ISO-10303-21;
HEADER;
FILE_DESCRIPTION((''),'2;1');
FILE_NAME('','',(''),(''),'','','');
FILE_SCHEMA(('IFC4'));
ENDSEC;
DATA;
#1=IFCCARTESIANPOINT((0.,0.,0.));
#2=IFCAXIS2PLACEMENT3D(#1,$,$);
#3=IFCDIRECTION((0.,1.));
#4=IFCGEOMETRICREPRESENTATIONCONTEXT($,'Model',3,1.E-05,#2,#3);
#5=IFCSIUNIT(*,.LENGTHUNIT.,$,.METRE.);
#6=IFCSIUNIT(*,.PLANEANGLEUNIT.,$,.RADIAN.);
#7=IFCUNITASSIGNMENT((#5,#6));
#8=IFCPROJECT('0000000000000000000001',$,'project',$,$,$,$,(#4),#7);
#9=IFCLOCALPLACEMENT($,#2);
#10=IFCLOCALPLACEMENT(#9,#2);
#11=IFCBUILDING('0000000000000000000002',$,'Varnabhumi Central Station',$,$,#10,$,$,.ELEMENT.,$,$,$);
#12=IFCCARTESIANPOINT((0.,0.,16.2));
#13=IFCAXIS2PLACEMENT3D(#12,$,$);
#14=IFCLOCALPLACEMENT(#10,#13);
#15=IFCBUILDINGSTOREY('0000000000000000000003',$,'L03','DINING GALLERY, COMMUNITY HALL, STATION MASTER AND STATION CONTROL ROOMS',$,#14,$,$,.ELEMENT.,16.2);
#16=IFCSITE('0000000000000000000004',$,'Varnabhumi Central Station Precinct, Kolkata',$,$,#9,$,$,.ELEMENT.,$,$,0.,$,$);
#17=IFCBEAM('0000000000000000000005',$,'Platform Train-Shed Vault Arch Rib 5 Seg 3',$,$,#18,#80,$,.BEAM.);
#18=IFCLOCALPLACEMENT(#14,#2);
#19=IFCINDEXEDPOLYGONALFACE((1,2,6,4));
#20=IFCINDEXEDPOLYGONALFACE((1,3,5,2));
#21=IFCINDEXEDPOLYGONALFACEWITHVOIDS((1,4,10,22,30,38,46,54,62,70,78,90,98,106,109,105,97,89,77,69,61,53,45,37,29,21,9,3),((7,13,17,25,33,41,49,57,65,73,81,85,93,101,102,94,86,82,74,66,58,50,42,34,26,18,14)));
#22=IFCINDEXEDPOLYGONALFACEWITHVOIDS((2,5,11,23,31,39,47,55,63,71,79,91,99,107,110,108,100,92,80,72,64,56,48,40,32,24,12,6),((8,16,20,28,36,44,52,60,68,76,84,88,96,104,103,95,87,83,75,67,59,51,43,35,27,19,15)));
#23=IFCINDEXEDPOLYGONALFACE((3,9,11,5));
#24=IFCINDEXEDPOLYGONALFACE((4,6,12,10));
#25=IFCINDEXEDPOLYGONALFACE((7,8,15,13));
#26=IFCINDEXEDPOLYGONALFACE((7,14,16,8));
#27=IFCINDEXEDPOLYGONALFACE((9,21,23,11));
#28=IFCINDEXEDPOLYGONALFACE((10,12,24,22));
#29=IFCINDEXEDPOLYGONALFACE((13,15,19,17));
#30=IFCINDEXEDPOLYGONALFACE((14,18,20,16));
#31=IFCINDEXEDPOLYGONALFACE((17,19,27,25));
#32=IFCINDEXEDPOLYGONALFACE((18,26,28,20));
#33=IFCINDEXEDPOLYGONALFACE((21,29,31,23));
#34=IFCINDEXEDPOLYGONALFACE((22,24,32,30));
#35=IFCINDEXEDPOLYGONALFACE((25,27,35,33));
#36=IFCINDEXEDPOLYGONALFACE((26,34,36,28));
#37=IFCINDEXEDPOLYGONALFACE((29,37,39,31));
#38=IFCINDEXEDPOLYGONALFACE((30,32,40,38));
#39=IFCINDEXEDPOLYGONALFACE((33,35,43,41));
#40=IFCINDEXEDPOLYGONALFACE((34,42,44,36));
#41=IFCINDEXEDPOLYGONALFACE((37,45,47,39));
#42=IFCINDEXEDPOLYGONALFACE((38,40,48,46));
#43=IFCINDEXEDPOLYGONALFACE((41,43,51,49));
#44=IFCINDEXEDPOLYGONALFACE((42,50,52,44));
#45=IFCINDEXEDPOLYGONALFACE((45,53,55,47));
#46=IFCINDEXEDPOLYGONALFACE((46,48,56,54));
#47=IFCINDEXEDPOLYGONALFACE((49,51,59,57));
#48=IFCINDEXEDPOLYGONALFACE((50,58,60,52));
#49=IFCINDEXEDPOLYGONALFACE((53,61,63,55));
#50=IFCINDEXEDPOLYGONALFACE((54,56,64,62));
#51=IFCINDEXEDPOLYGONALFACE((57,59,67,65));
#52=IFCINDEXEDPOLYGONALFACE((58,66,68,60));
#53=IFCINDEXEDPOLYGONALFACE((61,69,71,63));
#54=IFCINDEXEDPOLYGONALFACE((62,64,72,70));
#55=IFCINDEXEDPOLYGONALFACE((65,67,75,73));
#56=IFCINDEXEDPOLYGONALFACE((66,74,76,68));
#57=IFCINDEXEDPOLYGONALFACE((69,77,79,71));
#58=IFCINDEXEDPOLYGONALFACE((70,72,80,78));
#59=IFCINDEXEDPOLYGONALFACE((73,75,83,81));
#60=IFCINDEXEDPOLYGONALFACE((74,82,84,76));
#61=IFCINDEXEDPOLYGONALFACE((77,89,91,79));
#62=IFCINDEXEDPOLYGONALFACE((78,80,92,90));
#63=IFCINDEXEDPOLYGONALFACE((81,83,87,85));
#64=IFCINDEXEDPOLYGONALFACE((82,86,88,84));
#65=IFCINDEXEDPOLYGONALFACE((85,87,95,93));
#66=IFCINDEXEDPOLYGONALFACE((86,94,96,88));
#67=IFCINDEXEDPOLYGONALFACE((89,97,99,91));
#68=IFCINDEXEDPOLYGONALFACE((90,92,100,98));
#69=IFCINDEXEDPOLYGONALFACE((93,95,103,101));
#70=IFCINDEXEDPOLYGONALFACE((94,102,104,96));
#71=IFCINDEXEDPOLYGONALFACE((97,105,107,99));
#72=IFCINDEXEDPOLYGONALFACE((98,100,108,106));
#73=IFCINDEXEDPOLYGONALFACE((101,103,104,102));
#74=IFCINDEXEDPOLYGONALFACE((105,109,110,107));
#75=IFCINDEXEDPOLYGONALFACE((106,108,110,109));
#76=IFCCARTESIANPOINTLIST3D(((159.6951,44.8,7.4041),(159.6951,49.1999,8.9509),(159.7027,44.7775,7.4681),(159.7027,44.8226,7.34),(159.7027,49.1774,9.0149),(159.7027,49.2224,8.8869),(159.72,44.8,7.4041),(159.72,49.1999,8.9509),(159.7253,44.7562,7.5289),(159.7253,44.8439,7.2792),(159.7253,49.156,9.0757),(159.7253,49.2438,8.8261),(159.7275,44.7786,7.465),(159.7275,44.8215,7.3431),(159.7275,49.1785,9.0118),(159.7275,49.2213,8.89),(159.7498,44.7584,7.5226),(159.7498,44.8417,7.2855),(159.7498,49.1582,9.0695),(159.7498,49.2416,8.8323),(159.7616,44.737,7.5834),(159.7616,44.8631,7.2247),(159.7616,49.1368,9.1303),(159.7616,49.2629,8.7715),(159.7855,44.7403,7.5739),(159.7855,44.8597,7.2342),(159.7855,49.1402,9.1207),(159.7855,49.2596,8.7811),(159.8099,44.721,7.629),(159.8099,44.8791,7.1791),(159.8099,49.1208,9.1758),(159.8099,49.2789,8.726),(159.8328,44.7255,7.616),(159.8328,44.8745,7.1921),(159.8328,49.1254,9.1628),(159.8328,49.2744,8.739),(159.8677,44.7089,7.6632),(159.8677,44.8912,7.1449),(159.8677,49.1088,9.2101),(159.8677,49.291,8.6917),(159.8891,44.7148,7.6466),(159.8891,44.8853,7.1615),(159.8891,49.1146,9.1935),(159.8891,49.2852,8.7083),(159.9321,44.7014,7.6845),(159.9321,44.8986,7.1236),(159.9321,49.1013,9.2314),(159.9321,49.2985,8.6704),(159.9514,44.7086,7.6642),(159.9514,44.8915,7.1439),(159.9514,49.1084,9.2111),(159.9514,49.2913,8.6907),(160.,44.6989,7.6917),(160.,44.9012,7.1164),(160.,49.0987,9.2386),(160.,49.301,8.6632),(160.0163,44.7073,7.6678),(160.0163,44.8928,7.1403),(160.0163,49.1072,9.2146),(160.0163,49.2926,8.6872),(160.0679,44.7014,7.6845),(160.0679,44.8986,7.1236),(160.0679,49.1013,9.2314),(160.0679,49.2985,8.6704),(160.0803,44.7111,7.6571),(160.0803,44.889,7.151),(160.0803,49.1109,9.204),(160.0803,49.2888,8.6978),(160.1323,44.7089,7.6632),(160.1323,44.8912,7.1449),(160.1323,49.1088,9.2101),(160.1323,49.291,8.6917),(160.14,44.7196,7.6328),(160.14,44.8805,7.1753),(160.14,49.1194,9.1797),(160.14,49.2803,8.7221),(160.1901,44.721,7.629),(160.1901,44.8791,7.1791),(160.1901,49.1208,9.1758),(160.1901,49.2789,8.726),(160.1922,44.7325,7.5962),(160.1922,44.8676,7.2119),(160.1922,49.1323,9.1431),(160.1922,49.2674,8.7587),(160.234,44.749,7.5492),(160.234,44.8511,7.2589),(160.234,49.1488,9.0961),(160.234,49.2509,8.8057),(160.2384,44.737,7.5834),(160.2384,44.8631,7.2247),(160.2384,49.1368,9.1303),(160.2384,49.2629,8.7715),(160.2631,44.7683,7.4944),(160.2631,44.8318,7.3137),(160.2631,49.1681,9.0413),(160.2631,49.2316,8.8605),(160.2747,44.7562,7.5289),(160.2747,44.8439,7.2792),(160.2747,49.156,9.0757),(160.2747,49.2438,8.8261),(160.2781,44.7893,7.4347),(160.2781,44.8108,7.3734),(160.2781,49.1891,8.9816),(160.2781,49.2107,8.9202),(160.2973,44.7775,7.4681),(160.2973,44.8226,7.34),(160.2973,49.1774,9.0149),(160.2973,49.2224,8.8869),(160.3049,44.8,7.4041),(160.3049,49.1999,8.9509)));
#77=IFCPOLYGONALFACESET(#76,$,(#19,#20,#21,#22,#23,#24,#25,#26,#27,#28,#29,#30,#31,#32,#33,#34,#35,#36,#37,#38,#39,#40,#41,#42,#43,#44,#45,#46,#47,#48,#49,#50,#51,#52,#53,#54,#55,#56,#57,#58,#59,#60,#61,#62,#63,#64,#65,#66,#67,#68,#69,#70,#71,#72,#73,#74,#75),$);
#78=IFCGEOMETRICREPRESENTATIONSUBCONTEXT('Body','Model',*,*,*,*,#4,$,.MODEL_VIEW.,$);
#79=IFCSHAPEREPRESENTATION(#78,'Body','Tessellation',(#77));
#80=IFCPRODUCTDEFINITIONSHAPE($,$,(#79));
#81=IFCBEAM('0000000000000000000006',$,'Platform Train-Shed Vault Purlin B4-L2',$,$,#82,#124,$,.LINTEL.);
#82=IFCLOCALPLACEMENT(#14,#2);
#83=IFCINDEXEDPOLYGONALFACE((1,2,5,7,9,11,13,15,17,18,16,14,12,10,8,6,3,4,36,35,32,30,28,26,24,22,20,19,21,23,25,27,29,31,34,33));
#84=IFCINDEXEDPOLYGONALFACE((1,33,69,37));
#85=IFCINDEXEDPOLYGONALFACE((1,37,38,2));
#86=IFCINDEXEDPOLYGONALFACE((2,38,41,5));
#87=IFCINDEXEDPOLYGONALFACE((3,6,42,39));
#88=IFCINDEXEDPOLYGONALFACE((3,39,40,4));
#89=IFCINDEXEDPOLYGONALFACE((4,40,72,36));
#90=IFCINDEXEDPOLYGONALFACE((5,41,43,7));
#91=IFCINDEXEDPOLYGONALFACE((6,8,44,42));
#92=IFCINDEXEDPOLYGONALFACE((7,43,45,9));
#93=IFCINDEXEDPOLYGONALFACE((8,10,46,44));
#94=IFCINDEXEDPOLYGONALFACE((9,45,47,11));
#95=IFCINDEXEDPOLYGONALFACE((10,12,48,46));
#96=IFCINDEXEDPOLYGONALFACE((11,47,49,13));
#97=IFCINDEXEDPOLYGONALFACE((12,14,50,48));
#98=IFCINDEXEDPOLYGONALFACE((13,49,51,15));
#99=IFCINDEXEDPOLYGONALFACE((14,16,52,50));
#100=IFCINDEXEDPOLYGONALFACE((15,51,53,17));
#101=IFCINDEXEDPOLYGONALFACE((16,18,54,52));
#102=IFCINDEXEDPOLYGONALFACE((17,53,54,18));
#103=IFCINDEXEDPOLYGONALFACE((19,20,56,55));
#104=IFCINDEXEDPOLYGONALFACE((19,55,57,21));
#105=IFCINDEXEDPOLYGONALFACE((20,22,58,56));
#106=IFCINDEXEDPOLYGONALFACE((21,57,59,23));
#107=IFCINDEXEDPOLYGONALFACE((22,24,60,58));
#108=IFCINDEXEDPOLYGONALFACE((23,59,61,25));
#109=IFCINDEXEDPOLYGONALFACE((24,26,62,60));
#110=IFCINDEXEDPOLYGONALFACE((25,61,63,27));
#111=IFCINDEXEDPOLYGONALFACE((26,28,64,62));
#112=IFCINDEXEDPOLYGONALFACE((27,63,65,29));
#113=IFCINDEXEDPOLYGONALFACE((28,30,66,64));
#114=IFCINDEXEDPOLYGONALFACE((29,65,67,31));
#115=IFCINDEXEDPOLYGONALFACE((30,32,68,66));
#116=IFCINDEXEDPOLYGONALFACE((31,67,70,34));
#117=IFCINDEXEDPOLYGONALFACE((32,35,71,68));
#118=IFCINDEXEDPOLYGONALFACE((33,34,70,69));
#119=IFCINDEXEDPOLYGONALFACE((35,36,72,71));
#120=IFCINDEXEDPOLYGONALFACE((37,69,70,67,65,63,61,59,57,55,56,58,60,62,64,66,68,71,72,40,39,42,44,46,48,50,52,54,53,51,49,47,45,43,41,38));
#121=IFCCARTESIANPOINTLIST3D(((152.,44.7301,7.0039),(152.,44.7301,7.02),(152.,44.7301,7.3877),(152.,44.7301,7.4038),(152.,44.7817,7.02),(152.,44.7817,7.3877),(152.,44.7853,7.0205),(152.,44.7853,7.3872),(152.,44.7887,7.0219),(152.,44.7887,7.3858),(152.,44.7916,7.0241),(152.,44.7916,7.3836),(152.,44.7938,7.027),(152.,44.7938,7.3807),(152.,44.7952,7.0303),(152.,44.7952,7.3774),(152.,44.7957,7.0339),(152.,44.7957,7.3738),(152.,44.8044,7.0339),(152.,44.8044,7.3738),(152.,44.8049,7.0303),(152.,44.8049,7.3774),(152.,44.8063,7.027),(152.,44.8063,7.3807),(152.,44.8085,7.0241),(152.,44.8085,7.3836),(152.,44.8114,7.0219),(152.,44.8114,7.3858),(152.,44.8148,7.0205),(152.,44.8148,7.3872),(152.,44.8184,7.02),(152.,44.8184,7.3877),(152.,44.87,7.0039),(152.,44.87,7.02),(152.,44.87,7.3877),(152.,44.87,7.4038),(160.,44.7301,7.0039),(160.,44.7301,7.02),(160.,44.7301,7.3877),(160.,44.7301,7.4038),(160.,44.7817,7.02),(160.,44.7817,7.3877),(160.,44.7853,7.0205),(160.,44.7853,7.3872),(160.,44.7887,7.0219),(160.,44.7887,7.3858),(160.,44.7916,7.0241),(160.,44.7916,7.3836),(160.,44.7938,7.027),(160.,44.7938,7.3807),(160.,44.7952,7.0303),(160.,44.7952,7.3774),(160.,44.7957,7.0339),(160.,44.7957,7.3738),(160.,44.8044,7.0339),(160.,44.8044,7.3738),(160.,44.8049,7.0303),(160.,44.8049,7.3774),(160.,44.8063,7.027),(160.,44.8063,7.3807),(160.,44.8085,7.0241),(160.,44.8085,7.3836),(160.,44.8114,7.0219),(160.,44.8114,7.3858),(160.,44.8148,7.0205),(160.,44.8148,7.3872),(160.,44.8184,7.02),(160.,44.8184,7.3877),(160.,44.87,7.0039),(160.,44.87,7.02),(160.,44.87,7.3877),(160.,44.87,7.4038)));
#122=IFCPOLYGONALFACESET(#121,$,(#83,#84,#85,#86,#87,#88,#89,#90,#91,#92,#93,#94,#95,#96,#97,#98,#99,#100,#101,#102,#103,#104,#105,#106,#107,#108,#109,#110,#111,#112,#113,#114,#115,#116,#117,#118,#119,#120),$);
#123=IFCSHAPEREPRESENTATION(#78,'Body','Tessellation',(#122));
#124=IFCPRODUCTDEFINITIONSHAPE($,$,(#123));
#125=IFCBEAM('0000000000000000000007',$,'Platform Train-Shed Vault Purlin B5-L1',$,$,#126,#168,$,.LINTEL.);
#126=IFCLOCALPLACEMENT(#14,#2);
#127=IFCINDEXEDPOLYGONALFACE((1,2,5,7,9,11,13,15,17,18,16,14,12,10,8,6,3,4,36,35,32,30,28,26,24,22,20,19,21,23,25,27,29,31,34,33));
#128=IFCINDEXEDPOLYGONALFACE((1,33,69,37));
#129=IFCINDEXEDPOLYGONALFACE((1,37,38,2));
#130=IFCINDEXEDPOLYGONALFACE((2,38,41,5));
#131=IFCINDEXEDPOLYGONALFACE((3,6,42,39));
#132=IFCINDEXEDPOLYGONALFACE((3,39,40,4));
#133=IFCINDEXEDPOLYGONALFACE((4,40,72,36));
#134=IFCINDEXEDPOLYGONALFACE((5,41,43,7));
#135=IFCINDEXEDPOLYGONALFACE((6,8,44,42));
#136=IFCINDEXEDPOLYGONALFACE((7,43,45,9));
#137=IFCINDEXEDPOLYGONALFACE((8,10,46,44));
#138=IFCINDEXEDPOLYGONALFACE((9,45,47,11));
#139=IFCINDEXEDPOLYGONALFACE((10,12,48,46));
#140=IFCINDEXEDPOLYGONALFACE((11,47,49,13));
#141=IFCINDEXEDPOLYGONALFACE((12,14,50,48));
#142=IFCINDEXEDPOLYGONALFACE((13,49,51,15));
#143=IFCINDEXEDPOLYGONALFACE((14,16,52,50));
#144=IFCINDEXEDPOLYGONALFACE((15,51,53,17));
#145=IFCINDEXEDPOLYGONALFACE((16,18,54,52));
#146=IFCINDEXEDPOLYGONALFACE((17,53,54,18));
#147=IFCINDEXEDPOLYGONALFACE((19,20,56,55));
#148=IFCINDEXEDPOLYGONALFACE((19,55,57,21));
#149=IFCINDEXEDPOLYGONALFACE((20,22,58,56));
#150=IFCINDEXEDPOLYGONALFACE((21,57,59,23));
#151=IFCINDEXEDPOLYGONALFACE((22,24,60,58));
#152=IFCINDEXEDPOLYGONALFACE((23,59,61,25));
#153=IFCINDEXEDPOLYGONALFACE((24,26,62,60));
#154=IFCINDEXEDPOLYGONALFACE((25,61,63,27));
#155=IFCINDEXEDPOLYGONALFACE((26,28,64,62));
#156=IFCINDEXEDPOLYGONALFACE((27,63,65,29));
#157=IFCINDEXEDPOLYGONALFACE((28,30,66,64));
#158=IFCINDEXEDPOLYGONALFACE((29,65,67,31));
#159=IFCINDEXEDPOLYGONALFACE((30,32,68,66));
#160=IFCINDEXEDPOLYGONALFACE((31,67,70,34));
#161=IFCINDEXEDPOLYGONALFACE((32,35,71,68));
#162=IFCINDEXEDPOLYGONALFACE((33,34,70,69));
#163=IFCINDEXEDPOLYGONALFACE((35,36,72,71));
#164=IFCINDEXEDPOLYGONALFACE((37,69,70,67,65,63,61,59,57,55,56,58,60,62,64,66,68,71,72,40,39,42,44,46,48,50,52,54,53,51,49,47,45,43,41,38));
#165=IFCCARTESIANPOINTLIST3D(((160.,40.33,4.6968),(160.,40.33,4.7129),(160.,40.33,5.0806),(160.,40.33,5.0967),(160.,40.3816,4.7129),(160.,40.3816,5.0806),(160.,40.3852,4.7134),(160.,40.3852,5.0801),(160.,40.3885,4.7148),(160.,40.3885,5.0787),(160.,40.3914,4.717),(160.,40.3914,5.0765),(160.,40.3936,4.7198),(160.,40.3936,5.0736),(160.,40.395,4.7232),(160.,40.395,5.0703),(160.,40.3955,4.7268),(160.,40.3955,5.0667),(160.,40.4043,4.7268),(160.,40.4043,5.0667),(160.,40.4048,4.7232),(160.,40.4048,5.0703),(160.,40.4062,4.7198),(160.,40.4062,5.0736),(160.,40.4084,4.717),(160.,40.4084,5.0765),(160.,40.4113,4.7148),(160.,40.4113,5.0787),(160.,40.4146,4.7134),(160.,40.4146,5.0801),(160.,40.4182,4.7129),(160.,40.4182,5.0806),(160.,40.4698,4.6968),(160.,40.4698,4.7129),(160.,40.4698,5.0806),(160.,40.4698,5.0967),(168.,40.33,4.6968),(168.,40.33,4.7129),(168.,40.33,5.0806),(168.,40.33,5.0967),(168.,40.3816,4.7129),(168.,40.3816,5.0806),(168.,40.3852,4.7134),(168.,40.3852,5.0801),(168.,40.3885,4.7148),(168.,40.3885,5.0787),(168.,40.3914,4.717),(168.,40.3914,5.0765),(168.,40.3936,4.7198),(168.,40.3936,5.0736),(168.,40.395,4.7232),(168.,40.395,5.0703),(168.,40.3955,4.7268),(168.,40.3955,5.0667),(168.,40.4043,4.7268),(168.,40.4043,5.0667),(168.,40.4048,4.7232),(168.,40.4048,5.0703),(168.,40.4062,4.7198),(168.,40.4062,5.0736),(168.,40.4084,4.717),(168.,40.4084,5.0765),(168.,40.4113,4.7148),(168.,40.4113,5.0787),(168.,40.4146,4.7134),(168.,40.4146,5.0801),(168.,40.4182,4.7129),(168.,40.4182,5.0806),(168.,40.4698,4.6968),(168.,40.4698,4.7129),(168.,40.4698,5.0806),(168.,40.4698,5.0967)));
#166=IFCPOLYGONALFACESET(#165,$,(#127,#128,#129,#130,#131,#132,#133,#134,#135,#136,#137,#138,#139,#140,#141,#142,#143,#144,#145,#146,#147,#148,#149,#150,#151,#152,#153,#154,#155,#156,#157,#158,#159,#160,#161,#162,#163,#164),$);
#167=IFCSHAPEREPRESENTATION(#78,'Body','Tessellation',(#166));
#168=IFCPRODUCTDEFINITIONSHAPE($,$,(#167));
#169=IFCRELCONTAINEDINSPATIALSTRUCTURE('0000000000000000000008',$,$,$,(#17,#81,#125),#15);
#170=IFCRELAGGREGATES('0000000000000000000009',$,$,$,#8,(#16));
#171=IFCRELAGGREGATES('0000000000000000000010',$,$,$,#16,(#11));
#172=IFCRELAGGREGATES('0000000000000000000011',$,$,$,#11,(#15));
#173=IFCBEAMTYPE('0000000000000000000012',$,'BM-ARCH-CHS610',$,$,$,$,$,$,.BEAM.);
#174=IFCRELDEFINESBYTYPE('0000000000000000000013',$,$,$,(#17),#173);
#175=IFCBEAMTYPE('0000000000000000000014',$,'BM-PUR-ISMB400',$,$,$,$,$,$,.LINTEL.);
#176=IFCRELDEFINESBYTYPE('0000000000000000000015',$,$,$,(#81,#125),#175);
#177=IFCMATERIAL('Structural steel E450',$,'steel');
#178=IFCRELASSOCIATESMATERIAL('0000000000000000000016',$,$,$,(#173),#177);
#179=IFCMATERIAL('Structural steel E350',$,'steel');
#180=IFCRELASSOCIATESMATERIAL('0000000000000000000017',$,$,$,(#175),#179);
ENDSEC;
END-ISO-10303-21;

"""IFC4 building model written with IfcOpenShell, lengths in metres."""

from ifc_helpers import new_model, si_unit, direction, frame, origin, origin_2d, place, context, subcontext, project, spatial, hollow_circle, i_section, extrude, material, material_profile, profile_set, type_object, element, save


model = new_model("IFC4")

# Units and contexts
model_context = context("Model", 3, precision=1e-05, world=origin(), true_north=direction((0.0, 1.0)))
body_context = subcontext(model_context, "Body", "Model", "MODEL_VIEW")
ifc_project = project(units=[si_unit("LENGTHUNIT", "METRE"), si_unit("PLANEANGLEUNIT", "RADIAN")], contexts=[model_context])

# Site, building, storey
site_placement = place(None, origin())
site = spatial("IfcSite", under=ifc_project, at=site_placement, Name="Varnabhumi Central Station Precinct, Kolkata", CompositionType="ELEMENT", RefElevation=0.0)
building_placement = place(site_placement, origin())
building = spatial("IfcBuilding", under=site, at=building_placement, Name="Varnabhumi Central Station", CompositionType="ELEMENT")
storey_placement = place(building_placement, frame((0.0, 0.0, 16.2)))
storey = spatial("IfcBuildingStorey", under=building, at=storey_placement, Name="L03", Description="DINING GALLERY, COMMUNITY HALL, STATION MASTER AND STATION CONTROL ROOMS", CompositionType="ELEMENT", Elevation=16.2)

# Beams
ifc_material_1 = material(Name="Structural steel E450", Category="steel")
ifc_material_profile_1 = material_profile(ifc_material_1, hollow_circle(Radius=0.3049, WallThickness=0.0249, at=origin_2d()), Name="Structural steel E450", Category="steel")
ifc_profile_set_1 = profile_set([ifc_material_profile_1], Name="Structural steel E450")
beam_type_1 = type_object("IfcBeamType", Name="BM-ARCH-CHS610", PredefinedType="BEAM", material=ifc_profile_set_1)
beam_1_placement = place(storey_placement, frame((160.0, 44.8, 7.4041), z_axis=(0.0, 0.943396, 0.33167), x_axis=(-1.0, 0.0, 0.0)))
element("IfcBeam", 1, at=beam_1_placement, inside=storey, type_object=beam_type_1, Name="Platform Train-Shed Vault Arch Rib 5 Seg 3", PredefinedType="BEAM", context=body_context, shape_type="SweptSolid", body=[
    extrude(hollow_circle(Radius=0.3049, WallThickness=0.0249, at=origin_2d()), origin(), (0.0, 0.0, 1.0), 4.6638),
])
ifc_material_2 = material(Name="Structural steel E350", Category="steel")
ifc_material_profile_2 = material_profile(ifc_material_2, i_section(OverallWidth=0.1399, OverallDepth=0.3999, WebThickness=0.0088, FlangeThickness=0.0161, FilletRadius=0.0139, at=origin_2d()), Name="Structural steel E350", Category="steel")
ifc_profile_set_2 = profile_set([ifc_material_profile_2], Name="Structural steel E350")
beam_type_2 = type_object("IfcBeamType", Name="BM-PUR-ISMB400", PredefinedType="LINTEL", material=ifc_profile_set_2)
for number, where, z_axis, x_axis, name in (
    (2, (152.0, 44.8, 7.2039), (1.0, 0.0, 0.0), (0.0, 1.0, 0.0), "Platform Train-Shed Vault Purlin B4-L2"),
    (3, (160.0, 40.3999, 4.8967), (1.0, 0.0, 0.0), (0.0, 1.0, 0.0), "Platform Train-Shed Vault Purlin B5-L1"),
):
    element("IfcBeam", number, at=place(storey_placement, frame(where, z_axis=z_axis, x_axis=x_axis)), inside=storey, type_object=beam_type_2, Name=name, PredefinedType="LINTEL", context=body_context, shape_type="SweptSolid", body=[
        extrude(i_section(OverallWidth=0.1399, OverallDepth=0.3999, WebThickness=0.0088, FlangeThickness=0.0161, FilletRadius=0.0139, at=origin_2d()), origin(), (0.0, 0.0, 1.0), 8.0),
    ])

save(model, "model.ifc")
